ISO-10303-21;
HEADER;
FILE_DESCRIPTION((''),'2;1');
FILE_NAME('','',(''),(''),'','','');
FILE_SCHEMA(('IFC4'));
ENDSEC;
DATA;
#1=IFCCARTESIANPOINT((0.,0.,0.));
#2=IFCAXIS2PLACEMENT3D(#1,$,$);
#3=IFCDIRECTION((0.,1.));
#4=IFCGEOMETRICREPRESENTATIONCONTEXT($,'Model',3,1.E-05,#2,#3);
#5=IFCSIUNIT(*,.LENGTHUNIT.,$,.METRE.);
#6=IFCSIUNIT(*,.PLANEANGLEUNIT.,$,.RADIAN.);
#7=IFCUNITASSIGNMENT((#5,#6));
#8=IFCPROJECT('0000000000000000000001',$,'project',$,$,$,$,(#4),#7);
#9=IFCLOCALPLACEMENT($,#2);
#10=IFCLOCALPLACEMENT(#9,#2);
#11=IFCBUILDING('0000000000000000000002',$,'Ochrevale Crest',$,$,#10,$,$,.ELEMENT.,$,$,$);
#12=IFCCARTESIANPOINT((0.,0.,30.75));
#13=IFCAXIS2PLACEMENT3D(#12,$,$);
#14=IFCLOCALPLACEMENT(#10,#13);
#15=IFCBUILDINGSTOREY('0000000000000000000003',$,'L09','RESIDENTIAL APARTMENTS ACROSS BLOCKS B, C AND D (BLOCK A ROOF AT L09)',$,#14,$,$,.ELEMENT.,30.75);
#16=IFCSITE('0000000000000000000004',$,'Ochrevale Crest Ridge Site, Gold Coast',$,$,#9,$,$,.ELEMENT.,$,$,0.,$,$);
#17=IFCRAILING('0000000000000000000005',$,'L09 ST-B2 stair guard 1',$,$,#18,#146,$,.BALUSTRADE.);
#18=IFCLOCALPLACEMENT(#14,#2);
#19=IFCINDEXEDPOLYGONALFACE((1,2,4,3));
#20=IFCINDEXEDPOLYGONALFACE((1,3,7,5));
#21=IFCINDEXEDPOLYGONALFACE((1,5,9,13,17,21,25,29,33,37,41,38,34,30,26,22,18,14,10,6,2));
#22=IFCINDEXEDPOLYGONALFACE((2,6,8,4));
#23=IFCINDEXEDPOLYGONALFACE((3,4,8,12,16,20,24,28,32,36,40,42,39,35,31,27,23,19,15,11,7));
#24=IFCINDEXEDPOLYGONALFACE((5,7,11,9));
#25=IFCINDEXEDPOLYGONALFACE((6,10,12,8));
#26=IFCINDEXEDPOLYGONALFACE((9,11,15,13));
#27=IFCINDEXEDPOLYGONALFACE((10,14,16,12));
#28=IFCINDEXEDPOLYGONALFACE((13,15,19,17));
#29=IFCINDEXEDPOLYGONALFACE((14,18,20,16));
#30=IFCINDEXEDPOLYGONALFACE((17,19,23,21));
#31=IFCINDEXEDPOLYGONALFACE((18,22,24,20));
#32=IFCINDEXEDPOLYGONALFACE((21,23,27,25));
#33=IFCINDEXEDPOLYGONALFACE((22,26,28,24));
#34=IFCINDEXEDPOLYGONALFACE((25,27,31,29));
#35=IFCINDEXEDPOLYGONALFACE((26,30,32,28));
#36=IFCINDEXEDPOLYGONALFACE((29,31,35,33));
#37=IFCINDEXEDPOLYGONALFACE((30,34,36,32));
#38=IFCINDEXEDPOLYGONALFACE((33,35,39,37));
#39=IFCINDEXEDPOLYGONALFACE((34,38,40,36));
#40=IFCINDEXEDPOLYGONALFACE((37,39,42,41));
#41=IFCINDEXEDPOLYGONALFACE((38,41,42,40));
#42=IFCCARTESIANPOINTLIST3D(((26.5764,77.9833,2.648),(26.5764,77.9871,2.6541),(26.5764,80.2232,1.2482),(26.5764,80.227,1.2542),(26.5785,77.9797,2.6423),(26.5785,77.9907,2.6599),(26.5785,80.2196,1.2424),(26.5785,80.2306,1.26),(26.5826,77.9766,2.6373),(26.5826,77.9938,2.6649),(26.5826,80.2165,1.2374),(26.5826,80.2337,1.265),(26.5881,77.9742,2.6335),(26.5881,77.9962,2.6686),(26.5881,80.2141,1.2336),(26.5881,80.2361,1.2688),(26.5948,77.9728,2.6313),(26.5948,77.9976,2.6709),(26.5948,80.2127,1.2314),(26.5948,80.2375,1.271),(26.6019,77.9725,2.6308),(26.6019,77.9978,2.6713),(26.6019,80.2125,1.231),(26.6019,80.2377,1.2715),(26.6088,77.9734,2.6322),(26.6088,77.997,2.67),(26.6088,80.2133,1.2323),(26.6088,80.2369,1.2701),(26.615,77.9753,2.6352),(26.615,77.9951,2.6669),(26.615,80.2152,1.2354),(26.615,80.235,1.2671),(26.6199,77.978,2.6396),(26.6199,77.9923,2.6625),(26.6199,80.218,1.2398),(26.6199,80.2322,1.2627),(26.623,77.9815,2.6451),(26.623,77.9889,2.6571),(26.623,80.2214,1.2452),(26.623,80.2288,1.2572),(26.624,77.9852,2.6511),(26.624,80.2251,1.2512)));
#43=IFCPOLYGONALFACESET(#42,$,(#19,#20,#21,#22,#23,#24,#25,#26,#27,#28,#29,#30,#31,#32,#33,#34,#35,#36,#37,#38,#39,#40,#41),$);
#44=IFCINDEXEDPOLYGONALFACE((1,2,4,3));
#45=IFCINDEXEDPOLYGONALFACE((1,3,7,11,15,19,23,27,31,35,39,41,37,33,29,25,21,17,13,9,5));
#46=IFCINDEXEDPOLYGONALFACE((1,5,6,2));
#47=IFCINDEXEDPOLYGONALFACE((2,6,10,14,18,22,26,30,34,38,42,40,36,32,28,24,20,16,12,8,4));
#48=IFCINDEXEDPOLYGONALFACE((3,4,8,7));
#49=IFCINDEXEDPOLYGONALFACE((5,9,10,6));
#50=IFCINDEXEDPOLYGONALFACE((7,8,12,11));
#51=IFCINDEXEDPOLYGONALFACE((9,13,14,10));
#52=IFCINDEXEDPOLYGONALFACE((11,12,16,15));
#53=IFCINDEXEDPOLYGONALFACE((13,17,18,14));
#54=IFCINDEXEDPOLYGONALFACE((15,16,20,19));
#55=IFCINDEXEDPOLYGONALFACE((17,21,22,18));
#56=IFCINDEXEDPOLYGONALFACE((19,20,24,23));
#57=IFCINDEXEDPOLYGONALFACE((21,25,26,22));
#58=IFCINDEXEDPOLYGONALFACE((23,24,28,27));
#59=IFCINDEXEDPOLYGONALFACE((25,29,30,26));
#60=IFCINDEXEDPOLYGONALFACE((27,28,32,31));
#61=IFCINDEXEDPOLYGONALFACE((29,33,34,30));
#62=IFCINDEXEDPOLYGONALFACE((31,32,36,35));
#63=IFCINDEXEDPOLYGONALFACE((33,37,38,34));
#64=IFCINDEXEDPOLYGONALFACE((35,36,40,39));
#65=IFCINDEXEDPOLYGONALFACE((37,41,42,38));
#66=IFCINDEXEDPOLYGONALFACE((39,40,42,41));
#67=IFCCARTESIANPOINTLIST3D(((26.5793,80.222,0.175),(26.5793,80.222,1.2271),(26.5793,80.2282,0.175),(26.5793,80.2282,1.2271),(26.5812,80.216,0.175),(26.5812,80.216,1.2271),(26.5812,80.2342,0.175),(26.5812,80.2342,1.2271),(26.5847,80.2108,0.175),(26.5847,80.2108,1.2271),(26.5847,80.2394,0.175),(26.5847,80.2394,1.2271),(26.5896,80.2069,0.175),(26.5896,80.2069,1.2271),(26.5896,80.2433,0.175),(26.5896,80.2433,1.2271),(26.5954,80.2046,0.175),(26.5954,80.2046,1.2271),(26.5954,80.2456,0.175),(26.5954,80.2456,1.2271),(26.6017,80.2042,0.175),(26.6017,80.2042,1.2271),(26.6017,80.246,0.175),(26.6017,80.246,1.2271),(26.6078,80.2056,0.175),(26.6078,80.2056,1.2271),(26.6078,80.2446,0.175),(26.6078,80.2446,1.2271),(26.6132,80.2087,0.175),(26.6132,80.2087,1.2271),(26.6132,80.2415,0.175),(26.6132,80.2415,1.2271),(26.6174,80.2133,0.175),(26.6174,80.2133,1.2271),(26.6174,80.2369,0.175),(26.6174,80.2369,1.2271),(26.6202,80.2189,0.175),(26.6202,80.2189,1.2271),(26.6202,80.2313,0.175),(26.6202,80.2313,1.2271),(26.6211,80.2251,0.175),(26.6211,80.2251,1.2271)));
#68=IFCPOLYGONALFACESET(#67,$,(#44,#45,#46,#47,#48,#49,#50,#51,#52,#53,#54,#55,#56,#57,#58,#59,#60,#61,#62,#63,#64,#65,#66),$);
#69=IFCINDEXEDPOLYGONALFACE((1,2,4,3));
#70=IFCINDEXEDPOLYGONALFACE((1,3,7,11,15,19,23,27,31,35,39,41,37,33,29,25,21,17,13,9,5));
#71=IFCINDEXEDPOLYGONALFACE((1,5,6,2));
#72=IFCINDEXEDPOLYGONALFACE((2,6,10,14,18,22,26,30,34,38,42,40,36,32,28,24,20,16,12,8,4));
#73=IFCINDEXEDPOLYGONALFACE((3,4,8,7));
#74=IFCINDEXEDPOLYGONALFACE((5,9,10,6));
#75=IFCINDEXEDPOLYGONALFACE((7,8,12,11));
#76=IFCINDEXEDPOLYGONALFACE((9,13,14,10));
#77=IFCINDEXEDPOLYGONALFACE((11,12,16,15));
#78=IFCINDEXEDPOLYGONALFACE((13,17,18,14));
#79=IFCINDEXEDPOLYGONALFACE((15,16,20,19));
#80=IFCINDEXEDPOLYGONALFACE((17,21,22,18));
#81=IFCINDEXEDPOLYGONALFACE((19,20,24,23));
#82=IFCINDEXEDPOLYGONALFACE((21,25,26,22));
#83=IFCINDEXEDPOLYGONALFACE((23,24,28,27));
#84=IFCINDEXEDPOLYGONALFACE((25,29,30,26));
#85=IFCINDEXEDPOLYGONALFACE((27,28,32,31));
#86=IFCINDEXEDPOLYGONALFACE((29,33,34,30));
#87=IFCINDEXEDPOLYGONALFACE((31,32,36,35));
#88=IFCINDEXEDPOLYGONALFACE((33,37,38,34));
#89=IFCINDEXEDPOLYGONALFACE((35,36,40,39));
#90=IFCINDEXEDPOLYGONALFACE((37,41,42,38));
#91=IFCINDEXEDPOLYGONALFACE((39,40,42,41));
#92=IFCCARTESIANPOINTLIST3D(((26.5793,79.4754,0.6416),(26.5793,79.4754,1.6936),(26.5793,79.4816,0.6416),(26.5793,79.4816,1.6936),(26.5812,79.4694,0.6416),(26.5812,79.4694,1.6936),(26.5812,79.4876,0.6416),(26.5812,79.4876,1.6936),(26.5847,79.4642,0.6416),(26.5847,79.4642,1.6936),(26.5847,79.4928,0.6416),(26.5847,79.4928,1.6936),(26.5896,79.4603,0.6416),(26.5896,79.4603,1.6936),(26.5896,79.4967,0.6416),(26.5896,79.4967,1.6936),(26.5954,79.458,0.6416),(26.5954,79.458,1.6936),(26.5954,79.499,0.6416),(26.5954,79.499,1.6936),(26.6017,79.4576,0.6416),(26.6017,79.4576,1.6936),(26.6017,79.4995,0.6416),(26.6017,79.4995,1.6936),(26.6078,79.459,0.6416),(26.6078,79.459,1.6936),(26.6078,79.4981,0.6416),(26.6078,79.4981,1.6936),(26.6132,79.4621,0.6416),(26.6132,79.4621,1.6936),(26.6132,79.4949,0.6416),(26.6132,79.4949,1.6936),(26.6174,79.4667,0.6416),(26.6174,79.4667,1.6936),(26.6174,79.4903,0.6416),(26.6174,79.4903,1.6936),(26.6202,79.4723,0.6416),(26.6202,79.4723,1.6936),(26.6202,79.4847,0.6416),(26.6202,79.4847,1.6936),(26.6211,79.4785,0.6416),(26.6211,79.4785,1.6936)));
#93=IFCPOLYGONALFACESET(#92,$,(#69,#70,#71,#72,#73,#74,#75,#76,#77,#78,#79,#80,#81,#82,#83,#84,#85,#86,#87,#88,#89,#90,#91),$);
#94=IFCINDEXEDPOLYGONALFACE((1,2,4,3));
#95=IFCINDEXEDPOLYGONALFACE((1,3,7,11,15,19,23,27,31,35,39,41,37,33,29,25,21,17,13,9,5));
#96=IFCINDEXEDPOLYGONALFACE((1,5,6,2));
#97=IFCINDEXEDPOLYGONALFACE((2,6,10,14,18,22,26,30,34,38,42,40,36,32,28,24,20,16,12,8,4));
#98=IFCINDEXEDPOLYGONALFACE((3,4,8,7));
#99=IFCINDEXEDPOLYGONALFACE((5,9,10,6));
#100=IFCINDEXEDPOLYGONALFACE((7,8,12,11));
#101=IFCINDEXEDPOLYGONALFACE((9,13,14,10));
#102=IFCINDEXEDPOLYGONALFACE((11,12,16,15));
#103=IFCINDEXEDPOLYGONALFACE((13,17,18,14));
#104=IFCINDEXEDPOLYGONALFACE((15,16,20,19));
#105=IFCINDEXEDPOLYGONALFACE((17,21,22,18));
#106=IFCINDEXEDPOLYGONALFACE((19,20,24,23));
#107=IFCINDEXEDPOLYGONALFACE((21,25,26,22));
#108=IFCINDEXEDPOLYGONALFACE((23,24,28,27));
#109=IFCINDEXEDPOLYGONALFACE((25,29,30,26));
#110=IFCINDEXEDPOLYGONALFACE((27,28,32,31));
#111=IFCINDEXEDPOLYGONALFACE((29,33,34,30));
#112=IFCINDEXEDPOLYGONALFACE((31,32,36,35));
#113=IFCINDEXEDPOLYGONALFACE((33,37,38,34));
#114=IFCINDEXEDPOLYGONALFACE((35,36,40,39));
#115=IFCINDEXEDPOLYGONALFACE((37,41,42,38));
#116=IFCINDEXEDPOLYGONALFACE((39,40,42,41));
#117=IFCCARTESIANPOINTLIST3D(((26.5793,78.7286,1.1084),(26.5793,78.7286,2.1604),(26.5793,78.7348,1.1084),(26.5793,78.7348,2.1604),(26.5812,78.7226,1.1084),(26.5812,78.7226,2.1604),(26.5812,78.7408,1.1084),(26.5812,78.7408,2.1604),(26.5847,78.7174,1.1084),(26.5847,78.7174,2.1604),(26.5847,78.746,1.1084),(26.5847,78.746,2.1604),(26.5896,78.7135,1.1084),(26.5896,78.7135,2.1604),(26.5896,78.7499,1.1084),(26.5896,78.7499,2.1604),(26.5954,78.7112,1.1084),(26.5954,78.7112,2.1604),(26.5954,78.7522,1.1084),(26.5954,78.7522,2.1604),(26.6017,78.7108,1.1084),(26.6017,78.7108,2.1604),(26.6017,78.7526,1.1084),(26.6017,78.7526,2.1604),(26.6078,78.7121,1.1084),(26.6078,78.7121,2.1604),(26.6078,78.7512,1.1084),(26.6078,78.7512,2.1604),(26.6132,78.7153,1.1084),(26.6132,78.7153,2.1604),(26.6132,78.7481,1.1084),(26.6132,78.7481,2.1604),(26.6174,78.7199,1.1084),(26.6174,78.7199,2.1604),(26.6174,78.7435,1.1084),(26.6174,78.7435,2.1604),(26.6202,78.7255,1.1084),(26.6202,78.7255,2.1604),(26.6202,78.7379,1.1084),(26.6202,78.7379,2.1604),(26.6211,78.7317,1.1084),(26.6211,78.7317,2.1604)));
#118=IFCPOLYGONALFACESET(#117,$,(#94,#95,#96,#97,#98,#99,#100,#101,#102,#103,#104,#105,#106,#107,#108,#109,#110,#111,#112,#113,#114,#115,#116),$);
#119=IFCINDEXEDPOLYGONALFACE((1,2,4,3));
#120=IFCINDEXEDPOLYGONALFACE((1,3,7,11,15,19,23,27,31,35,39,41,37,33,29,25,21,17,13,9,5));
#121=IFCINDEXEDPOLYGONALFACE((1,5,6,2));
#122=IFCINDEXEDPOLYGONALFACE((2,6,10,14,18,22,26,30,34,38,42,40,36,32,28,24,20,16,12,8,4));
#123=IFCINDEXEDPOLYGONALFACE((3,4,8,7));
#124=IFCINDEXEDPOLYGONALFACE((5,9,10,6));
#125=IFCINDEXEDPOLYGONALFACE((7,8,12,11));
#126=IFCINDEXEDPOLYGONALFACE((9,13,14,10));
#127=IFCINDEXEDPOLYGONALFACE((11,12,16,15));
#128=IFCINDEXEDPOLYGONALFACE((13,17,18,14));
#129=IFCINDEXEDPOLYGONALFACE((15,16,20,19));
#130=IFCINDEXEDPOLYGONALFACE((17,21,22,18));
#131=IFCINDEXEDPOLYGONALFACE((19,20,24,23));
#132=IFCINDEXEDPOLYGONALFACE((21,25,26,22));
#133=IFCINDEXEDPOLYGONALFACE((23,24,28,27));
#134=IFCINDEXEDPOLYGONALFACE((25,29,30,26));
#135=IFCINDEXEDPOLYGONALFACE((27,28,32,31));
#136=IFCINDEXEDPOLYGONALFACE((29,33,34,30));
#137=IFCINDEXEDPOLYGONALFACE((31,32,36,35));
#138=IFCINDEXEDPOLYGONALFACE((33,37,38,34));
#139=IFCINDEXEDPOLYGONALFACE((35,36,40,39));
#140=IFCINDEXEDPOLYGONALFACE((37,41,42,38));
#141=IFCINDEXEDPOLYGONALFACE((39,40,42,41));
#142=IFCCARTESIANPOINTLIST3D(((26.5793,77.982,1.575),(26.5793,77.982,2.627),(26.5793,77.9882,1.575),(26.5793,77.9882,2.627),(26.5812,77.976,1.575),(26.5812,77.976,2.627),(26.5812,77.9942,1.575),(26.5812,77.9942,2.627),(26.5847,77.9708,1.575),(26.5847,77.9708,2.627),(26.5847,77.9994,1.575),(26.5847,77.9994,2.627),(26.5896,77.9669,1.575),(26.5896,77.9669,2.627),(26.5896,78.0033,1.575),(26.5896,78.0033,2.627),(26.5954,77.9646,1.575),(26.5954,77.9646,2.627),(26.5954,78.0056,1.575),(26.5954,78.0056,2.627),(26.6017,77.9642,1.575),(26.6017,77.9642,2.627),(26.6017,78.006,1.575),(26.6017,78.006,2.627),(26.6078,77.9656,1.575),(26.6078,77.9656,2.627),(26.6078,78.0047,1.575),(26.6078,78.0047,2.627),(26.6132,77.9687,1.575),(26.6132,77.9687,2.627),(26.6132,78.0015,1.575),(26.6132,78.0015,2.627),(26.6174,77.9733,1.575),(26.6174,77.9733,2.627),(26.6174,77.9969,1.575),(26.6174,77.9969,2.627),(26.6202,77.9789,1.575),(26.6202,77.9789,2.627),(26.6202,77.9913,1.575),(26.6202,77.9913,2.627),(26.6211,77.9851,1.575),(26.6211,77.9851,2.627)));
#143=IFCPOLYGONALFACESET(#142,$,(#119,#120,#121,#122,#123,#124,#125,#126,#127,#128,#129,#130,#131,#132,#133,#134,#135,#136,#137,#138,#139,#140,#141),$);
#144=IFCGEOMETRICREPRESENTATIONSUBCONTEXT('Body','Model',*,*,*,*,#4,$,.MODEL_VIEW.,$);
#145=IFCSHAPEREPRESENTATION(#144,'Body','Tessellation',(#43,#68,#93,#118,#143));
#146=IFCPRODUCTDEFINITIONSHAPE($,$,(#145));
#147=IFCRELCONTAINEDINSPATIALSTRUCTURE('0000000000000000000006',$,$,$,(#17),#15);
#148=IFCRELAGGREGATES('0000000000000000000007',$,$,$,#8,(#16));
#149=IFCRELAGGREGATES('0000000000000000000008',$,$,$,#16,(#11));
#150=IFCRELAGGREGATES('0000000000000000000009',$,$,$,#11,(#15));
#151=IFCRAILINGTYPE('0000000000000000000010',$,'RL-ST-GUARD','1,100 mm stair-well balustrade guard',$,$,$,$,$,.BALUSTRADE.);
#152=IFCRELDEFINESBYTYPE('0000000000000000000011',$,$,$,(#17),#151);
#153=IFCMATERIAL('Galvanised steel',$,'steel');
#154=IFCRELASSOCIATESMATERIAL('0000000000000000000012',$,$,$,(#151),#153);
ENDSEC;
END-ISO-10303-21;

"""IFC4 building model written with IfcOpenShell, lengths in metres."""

from ifc_helpers import new_model, si_unit, direction, frame, origin, origin_2d, place, context, subcontext, project, spatial, circle, extrude, material, type_object, element, save


model = new_model("IFC4")

# Units and contexts
model_context = context("Model", 3, precision=1e-05, world=origin(), true_north=direction((0.0, 1.0)))
body_context = subcontext(model_context, "Body", "Model", "MODEL_VIEW")
ifc_project = project(units=[si_unit("LENGTHUNIT", "METRE"), si_unit("PLANEANGLEUNIT", "RADIAN")], contexts=[model_context])

# Site, building, storey
site_placement = place(None, origin())
site = spatial("IfcSite", under=ifc_project, at=site_placement, Name="Ochrevale Crest Ridge Site, Gold Coast", CompositionType="ELEMENT", RefElevation=0.0)
building_placement = place(site_placement, origin())
building = spatial("IfcBuilding", under=site, at=building_placement, Name="Ochrevale Crest", CompositionType="ELEMENT")
storey_placement = place(building_placement, frame((0.0, 0.0, 30.75)))
storey = spatial("IfcBuildingStorey", under=building, at=storey_placement, Name="L09", Description="RESIDENTIAL APARTMENTS ACROSS BLOCKS B, C AND D (BLOCK A ROOF AT L09)", CompositionType="ELEMENT", Elevation=30.75)

# Railing
ifc_material_1 = material(Name="Galvanised steel", Category="steel")
railing_type_1 = type_object("IfcRailingType", Name="RL-ST-GUARD", Description="1,100 mm stair-well balustrade guard", PredefinedType="BALUSTRADE", material=ifc_material_1)
railing_1_placement = place(storey_placement, frame((26.6001, 80.2251, 0.175)))
element("IfcRailing", 1, at=railing_1_placement, inside=storey, type_object=railing_type_1, Name="L09 ST-B2 stair guard 1", PredefinedType="BALUSTRADE", context=body_context, shape_type="SweptSolid", body=[
    extrude(circle(Radius=0.0239, at=origin_2d()), frame((0.0, 0.0, 1.0762), z_axis=(0.0, -0.848014, 0.529974), x_axis=(1.0, 0.0, 0.0)), (0.0, 0.0, 1.0), 2.6414),
    extrude(circle(Radius=0.021, at=origin_2d()), origin(), (0.0, 0.0, 1.0), 1.052),
    extrude(circle(Radius=0.021, at=origin_2d()), frame((0.0, -0.7466, 0.4666)), (0.0, 0.0, 1.0), 1.052),
    extrude(circle(Radius=0.021, at=origin_2d()), frame((0.0, -1.4934, 0.9333)), (0.0, 0.0, 1.0), 1.052),
    extrude(circle(Radius=0.021, at=origin_2d()), frame((0.0, -2.24, 1.3999)), (0.0, 0.0, 1.0), 1.052),
])

save(model, "model.ifc")
